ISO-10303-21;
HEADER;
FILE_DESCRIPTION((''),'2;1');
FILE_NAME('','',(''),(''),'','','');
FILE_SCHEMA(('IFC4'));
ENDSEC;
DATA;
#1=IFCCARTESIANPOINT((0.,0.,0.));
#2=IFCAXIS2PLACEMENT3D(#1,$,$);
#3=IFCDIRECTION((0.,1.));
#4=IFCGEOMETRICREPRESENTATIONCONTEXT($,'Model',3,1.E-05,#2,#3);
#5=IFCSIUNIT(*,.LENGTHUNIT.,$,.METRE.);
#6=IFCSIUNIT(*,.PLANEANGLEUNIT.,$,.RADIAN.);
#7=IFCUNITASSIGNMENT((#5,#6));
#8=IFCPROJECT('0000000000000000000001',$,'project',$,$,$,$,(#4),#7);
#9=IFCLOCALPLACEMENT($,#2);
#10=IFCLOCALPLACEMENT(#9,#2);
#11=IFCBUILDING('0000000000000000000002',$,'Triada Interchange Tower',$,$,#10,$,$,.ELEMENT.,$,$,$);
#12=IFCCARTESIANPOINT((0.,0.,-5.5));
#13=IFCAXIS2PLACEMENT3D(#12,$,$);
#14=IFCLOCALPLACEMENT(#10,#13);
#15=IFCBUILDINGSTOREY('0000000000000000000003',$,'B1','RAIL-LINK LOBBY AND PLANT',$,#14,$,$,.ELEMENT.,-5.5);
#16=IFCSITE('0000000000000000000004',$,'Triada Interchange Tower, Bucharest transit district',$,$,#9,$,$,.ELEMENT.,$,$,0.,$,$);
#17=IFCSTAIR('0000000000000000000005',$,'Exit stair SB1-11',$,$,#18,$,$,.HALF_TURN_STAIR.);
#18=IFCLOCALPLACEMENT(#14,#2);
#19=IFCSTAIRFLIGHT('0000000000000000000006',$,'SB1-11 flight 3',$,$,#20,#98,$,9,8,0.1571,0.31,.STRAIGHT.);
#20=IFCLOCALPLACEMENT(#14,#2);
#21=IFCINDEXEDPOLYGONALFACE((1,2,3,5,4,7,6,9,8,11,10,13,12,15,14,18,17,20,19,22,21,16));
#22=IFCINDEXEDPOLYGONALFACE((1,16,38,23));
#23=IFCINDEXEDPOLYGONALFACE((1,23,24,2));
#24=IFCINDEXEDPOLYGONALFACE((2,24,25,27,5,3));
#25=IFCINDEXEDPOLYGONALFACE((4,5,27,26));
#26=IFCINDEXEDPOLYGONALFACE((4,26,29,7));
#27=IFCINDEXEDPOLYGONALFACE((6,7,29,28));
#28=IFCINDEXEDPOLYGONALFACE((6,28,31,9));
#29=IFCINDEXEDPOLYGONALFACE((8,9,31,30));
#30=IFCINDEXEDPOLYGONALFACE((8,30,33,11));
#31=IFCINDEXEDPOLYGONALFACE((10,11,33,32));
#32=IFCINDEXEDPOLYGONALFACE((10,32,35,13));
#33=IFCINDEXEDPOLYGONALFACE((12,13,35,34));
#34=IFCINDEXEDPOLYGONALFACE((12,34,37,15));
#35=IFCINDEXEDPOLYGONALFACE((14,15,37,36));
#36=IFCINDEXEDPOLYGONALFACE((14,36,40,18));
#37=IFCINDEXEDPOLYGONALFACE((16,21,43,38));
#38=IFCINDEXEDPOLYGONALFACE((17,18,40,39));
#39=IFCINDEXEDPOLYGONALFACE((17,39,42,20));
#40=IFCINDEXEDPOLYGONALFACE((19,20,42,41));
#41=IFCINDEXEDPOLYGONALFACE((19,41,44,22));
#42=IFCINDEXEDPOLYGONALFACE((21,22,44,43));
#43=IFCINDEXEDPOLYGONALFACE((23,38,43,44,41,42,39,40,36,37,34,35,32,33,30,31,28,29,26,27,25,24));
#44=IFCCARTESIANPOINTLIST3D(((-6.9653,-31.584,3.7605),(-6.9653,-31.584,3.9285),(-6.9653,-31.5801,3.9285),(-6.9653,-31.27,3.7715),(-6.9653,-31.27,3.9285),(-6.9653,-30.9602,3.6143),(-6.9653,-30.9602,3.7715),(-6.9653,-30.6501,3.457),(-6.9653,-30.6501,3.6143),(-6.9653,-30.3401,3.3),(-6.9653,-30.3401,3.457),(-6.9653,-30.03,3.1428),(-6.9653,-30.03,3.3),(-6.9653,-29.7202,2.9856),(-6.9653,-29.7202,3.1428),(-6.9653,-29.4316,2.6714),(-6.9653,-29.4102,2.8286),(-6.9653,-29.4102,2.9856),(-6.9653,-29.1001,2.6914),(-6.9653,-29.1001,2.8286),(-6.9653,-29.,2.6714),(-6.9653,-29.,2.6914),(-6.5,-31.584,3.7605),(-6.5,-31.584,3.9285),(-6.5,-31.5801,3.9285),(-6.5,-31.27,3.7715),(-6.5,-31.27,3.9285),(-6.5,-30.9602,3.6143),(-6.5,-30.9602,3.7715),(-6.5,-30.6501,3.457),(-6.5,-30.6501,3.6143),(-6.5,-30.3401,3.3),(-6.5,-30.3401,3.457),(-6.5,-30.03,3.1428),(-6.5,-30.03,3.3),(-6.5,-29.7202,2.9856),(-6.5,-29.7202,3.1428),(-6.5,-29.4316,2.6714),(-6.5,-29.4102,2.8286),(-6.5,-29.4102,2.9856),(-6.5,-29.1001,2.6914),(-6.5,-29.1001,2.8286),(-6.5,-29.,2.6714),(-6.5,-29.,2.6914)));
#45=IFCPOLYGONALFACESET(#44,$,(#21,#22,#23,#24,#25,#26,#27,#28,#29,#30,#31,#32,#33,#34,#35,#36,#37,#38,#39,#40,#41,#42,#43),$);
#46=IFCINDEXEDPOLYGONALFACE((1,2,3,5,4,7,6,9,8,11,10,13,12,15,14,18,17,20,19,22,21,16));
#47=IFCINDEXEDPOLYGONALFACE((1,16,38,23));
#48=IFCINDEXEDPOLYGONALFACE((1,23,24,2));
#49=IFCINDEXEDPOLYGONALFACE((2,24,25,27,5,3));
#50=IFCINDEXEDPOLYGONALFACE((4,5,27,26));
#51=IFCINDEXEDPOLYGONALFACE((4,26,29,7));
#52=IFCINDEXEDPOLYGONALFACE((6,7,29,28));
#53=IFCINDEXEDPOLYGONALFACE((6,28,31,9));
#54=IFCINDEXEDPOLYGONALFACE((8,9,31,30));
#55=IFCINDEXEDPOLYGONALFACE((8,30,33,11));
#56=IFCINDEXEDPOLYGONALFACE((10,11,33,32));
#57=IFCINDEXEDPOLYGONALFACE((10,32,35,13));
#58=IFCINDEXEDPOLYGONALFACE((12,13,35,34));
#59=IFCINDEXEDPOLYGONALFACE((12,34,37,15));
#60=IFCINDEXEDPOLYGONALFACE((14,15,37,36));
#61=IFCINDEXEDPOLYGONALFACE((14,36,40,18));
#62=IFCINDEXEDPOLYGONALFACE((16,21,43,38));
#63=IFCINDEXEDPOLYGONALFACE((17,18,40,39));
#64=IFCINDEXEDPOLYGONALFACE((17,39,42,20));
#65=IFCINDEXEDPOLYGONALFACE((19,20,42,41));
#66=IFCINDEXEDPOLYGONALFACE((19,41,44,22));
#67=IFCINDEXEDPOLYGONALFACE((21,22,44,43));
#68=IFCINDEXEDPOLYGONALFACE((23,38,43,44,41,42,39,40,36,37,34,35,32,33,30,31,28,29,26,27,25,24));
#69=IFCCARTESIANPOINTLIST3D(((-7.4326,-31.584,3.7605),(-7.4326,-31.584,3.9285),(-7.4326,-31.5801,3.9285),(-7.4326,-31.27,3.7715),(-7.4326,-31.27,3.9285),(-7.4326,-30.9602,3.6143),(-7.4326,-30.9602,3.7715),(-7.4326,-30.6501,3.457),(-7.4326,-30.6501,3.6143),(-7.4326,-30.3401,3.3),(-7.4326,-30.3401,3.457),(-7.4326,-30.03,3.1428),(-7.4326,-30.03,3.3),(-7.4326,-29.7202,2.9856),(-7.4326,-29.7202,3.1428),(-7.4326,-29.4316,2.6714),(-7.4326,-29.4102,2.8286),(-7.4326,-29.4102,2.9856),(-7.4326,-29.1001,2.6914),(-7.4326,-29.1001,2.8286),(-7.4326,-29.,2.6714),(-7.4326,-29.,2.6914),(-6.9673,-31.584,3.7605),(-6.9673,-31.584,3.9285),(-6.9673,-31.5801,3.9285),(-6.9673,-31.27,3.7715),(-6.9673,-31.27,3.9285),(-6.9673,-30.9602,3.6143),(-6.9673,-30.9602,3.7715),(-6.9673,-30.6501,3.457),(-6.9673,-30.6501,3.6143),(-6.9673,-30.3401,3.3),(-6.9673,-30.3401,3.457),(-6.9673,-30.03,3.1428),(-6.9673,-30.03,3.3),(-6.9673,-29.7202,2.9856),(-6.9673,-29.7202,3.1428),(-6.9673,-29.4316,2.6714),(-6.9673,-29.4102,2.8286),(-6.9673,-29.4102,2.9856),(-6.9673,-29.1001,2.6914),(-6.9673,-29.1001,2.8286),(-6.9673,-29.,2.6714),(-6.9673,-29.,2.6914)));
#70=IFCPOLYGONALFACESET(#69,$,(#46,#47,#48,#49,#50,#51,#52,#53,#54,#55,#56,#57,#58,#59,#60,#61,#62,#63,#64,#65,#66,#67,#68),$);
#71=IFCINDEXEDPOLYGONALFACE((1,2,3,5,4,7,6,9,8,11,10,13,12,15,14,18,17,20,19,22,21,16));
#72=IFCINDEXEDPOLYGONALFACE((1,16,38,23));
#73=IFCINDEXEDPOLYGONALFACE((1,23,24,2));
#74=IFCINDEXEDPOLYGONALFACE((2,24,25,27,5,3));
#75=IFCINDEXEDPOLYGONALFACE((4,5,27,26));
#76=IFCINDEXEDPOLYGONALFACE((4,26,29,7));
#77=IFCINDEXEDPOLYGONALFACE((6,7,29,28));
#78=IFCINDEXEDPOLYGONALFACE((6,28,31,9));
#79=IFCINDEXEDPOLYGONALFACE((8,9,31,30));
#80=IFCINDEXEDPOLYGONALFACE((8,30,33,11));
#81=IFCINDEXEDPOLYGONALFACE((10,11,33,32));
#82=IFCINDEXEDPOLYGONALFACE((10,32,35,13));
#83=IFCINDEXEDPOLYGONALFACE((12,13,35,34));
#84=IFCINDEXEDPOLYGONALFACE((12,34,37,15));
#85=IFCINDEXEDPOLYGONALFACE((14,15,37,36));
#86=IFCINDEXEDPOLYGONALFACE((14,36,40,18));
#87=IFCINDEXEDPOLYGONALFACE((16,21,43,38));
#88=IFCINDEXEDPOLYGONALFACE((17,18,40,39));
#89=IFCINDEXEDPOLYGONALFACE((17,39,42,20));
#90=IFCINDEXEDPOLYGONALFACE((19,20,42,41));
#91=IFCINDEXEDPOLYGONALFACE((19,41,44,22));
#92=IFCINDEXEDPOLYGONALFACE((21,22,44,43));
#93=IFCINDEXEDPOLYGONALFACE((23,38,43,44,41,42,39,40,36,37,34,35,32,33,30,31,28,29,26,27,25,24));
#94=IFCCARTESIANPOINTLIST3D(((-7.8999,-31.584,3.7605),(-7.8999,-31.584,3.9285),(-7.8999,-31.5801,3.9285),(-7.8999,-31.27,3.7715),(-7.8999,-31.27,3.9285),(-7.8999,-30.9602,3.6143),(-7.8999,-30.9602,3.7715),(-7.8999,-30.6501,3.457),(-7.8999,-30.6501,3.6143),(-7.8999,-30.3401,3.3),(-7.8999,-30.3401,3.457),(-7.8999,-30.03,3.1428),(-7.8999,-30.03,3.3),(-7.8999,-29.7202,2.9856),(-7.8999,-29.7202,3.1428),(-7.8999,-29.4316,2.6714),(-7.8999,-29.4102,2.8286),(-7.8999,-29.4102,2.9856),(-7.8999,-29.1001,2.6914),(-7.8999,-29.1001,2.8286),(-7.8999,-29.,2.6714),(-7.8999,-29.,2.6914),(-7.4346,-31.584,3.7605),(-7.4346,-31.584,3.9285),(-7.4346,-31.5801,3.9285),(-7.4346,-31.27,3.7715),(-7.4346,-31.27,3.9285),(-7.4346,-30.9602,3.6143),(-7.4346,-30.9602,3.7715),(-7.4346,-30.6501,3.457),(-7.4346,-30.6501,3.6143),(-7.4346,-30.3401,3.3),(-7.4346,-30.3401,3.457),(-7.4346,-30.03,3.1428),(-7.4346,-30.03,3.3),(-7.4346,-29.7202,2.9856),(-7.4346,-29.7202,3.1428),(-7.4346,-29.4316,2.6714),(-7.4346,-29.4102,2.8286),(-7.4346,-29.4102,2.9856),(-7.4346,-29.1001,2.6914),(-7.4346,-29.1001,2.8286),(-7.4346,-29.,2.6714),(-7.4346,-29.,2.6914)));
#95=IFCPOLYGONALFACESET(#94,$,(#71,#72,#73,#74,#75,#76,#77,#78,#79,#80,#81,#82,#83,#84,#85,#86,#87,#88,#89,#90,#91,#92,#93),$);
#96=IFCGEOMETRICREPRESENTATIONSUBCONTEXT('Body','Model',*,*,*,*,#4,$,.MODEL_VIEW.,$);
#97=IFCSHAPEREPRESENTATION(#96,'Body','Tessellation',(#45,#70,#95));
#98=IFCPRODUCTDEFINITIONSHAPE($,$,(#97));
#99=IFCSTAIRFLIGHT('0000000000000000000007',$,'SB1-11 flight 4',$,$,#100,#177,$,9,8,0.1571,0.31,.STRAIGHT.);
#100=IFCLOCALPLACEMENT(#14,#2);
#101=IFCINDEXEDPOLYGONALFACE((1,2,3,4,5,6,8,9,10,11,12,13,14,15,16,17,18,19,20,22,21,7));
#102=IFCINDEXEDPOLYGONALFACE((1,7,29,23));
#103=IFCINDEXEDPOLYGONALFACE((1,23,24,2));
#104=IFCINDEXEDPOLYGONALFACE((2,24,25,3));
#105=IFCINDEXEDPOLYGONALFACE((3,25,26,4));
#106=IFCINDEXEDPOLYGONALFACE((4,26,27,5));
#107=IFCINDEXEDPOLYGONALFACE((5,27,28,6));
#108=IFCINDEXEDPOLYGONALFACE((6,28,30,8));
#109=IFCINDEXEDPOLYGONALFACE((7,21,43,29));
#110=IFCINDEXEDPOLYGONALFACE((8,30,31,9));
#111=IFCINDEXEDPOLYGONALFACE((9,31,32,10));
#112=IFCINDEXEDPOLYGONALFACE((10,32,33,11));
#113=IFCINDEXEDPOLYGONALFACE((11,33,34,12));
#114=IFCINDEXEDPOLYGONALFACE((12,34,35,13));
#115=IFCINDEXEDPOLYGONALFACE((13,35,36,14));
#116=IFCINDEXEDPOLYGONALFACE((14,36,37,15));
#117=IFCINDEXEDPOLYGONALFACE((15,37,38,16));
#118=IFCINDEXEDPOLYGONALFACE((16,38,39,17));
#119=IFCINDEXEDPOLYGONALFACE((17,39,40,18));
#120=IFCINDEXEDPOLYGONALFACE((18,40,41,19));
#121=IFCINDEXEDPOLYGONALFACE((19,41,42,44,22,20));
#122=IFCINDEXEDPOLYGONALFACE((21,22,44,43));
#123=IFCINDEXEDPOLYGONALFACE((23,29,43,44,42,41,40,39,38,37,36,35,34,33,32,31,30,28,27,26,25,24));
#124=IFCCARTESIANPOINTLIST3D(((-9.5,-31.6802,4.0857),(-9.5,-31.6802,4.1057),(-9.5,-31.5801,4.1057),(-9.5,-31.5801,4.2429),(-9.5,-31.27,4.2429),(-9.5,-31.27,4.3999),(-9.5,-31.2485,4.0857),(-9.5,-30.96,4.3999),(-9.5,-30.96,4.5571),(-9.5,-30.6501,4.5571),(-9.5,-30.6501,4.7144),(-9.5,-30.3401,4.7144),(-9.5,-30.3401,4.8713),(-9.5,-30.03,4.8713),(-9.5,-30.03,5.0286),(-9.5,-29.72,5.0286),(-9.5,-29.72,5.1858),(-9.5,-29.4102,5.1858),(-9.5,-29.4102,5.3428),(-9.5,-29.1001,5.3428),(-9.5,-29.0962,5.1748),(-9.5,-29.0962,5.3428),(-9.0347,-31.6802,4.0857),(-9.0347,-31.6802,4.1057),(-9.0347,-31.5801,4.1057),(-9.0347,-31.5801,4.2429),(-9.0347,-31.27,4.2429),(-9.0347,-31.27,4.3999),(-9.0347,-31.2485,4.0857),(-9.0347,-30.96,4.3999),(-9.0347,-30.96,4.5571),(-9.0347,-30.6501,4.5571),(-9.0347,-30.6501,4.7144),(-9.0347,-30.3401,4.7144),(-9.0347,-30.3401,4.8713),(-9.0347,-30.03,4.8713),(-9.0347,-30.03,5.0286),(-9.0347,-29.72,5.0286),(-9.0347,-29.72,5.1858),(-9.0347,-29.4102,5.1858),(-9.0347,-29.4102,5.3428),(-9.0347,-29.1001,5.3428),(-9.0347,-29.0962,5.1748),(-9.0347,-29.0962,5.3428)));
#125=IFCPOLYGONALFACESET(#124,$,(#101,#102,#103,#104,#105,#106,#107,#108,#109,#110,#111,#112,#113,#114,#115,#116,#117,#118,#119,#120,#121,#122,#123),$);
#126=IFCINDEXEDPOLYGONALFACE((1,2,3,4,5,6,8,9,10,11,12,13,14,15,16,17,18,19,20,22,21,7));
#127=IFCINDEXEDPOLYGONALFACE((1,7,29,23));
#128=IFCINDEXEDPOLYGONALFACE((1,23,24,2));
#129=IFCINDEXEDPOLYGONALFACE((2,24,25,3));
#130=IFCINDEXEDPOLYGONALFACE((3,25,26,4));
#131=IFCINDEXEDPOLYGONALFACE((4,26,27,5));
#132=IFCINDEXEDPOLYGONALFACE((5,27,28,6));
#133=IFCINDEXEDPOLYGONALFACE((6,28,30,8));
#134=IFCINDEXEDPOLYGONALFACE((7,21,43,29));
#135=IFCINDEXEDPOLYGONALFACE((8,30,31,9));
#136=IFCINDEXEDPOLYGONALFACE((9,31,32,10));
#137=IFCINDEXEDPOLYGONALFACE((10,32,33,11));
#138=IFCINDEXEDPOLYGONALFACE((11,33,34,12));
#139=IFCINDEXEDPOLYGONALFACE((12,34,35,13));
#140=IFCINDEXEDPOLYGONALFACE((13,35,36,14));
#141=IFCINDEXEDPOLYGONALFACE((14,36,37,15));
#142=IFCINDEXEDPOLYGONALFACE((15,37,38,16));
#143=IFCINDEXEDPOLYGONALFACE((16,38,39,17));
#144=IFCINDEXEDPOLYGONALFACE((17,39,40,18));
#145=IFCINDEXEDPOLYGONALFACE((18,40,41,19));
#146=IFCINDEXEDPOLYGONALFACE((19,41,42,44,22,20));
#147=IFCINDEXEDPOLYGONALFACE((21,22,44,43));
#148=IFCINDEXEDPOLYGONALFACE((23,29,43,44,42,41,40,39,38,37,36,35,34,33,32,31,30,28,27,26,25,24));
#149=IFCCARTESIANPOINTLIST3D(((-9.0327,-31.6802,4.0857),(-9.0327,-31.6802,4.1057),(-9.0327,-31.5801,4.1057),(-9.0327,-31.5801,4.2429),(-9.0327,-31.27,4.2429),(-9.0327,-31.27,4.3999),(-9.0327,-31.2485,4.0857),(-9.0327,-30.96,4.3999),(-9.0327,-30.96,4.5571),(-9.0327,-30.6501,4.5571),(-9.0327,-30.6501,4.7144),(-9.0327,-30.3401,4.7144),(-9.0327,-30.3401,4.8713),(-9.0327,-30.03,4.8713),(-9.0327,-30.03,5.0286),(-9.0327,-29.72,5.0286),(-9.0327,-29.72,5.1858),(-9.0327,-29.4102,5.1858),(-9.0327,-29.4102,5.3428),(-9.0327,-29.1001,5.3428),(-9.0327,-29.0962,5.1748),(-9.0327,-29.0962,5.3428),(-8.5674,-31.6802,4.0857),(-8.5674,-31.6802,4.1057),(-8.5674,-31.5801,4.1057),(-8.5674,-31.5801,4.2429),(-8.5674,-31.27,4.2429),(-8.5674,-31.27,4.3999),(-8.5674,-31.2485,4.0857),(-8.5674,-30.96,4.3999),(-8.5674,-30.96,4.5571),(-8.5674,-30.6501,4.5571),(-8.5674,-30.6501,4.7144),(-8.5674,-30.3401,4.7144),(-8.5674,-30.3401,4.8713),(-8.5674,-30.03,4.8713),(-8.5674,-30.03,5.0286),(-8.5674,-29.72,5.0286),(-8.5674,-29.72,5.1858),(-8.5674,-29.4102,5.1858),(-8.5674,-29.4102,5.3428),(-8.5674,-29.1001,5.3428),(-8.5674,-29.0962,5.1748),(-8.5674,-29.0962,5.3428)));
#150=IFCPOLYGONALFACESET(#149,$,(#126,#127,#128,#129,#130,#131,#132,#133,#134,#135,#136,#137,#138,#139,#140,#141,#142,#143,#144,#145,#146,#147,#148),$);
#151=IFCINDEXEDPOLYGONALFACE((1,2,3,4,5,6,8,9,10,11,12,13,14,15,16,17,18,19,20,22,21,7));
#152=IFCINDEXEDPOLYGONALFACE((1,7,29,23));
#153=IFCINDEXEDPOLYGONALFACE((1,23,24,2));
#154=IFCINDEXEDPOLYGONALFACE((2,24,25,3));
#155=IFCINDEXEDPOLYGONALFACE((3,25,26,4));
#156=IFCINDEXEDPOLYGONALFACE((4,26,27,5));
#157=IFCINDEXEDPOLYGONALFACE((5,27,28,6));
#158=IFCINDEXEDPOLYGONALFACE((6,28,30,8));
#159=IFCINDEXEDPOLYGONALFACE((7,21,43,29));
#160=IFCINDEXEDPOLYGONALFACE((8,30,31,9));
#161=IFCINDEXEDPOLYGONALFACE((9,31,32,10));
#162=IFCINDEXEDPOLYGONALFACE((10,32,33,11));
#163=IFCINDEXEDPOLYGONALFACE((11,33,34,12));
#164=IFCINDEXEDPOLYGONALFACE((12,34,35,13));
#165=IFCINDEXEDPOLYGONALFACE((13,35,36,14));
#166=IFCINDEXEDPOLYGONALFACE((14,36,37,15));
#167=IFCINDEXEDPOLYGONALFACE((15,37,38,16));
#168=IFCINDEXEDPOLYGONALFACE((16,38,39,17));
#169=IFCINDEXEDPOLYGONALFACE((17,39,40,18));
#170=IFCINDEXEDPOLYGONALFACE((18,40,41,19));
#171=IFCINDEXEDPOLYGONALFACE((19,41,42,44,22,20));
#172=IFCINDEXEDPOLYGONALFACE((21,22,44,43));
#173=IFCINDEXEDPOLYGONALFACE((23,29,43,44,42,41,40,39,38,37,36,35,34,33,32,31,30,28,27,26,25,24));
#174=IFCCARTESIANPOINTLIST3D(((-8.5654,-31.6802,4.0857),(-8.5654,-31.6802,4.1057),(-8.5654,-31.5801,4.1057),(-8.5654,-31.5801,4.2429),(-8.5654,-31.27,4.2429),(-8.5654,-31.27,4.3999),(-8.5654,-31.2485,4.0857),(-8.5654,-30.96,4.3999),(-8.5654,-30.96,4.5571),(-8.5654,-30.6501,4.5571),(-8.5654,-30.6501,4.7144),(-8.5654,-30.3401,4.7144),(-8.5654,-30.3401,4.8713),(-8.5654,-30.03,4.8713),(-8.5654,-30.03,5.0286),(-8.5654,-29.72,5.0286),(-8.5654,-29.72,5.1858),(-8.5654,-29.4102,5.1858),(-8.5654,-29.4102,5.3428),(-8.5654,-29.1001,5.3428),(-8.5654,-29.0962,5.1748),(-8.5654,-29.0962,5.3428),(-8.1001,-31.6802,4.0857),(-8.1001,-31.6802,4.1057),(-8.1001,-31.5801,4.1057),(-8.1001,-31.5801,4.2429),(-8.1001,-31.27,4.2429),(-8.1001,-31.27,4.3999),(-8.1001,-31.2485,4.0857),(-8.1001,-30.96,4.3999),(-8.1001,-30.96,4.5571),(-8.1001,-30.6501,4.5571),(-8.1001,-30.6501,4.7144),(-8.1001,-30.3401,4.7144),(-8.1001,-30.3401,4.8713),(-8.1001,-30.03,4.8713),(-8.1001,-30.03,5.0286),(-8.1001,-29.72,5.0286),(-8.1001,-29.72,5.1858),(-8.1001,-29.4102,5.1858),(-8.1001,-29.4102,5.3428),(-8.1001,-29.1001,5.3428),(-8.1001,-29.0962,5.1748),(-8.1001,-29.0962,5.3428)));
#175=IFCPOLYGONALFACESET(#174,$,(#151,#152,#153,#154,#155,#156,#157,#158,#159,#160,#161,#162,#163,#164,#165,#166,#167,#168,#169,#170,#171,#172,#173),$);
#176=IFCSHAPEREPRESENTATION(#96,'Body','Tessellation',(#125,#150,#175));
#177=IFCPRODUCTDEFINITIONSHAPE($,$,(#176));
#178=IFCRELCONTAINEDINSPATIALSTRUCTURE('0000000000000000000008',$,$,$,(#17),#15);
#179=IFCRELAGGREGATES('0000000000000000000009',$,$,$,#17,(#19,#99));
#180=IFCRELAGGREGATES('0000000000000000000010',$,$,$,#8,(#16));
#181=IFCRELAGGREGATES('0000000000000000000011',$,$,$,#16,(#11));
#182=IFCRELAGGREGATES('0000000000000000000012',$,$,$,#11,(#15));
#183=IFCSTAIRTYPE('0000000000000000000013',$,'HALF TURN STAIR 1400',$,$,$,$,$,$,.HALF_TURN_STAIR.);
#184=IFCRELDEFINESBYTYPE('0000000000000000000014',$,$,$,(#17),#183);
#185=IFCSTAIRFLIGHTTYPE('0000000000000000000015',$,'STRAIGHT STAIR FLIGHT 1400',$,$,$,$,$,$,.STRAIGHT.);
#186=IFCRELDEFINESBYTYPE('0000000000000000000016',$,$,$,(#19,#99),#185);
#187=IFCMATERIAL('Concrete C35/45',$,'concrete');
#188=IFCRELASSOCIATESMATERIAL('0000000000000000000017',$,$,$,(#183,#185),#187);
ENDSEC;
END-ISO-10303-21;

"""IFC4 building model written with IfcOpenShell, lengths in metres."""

from ifc_helpers import new_model, si_unit, direction, frame, origin, place, context, subcontext, project, spatial, polyline, outline, extrude, material, type_object, element, aggregate, save


model = new_model("IFC4")

# Units and contexts
model_context = context("Model", 3, precision=1e-05, world=origin(), true_north=direction((0.0, 1.0)))
body_context = subcontext(model_context, "Body", "Model", "MODEL_VIEW")
ifc_project = project(units=[si_unit("LENGTHUNIT", "METRE"), si_unit("PLANEANGLEUNIT", "RADIAN")], contexts=[model_context])

# Site, building, storey
site_placement = place(None, origin())
site = spatial("IfcSite", under=ifc_project, at=site_placement, Name="Triada Interchange Tower, Bucharest transit district", CompositionType="ELEMENT", RefElevation=0.0)
building_placement = place(site_placement, origin())
building = spatial("IfcBuilding", under=site, at=building_placement, Name="Triada Interchange Tower", CompositionType="ELEMENT")
storey_placement = place(building_placement, frame((0.0, 0.0, -5.5)))
storey = spatial("IfcBuildingStorey", under=building, at=storey_placement, Name="B1", Description="RAIL-LINK LOBBY AND PLANT", CompositionType="ELEMENT", Elevation=-5.5)

# Shared definitions
ifc_material_1 = material(Name="Concrete C35/45", Category="concrete")

# Stair, stair flights
stair_type = type_object("IfcStairType", Name="HALF TURN STAIR 1400", PredefinedType="HALF_TURN_STAIR", material=ifc_material_1)
stair_placement = place(storey_placement, origin())
stair = element("IfcStair", 1, at=stair_placement, inside=storey, type_object=stair_type, Name="Exit stair SB1-11", PredefinedType="HALF_TURN_STAIR")
stair_flight_type = type_object("IfcStairFlightType", Name="STRAIGHT STAIR FLIGHT 1400", PredefinedType="STRAIGHT", material=ifc_material_1)
stair_flight_1_placement = place(storey_placement, frame((-7.2, -29.1001, 2.6714), z_axis=(0.0, 0.0, 1.0), x_axis=(0.0, -1.0, 0.0)))
stair_flight_1 = element("IfcStairFlight", 2, at=stair_flight_1_placement, type_object=stair_flight_type, Name="SB1-11 flight 3", NumberOfRisers=9, NumberOfTreads=8, PredefinedType="STRAIGHT", RiserHeight=0.1571, TreadLength=0.31, context=body_context, shape_type="SweptSolid", body=[
    extrude(outline(polyline([(-0.1001, 0.0), (-0.1001, 0.02), (0.0, 0.02), (0.0, 0.1572), (0.3101, 0.1572), (0.3101, 0.3142), (0.6201, 0.3142), (0.6201, 0.4714), (0.9299, 0.4714), (0.9299, 0.6287), (1.24, 0.6287), (1.24, 0.7856), (1.55, 0.7856), (1.55, 0.9429), (1.8601, 0.9429), (1.8601, 1.1001), (2.1699, 1.1001), (2.1699, 1.2571), (2.48, 1.2571), (2.4839, 1.2571), (2.4839, 1.4143), (2.4839, 1.0891), (0.3315, 0.0), (-0.1001, 0.0)])), frame((0.0, 0.7, 0.0), z_axis=(0.0, -1.0, 0.0), x_axis=(1.0, 0.0, 0.0)), (0.0, 0.0, 1.0), 0.4653),
    extrude(outline(polyline([(-0.1001, 0.0), (-0.1001, 0.02), (0.0, 0.02), (0.0, 0.1572), (0.3101, 0.1572), (0.3101, 0.3142), (0.6201, 0.3142), (0.6201, 0.4714), (0.9299, 0.4714), (0.9299, 0.6287), (1.24, 0.6287), (1.24, 0.7856), (1.55, 0.7856), (1.55, 0.9429), (1.8601, 0.9429), (1.8601, 1.1001), (2.1699, 1.1001), (2.1699, 1.2571), (2.48, 1.2571), (2.4839, 1.2571), (2.4839, 1.4143), (2.4839, 1.0891), (0.3315, 0.0), (-0.1001, 0.0)])), frame((0.0, 0.2327, 0.0), z_axis=(0.0, -1.0, 0.0), x_axis=(1.0, 0.0, 0.0)), (0.0, 0.0, 1.0), 0.4653),
    extrude(outline(polyline([(-0.1001, 0.0), (-0.1001, 0.02), (0.0, 0.02), (0.0, 0.1572), (0.3101, 0.1572), (0.3101, 0.3142), (0.6201, 0.3142), (0.6201, 0.4714), (0.9299, 0.4714), (0.9299, 0.6287), (1.24, 0.6287), (1.24, 0.7856), (1.55, 0.7856), (1.55, 0.9429), (1.8601, 0.9429), (1.8601, 1.1001), (2.1699, 1.1001), (2.1699, 1.2571), (2.48, 1.2571), (2.4839, 1.2571), (2.4839, 1.4143), (2.4839, 1.0891), (0.3315, 0.0), (-0.1001, 0.0)])), frame((0.0, -0.2346, 0.0), z_axis=(0.0, -1.0, 0.0), x_axis=(1.0, 0.0, 0.0)), (0.0, 0.0, 1.0), 0.4653),
])
stair_flight_2_placement = place(storey_placement, frame((-8.8, -31.5801, 4.0857), z_axis=(0.0, 0.0, 1.0), x_axis=(0.0, 1.0, 0.0)))
stair_flight_2 = element("IfcStairFlight", 3, at=stair_flight_2_placement, type_object=stair_flight_type, Name="SB1-11 flight 4", NumberOfRisers=9, NumberOfTreads=8, PredefinedType="STRAIGHT", RiserHeight=0.1571, TreadLength=0.31, context=body_context, shape_type="SweptSolid", body=[
    extrude(outline(polyline([(-0.1001, 0.0), (-0.1001, 0.02), (0.0, 0.02), (0.0, 0.1572), (0.3101, 0.1572), (0.3101, 0.3142), (0.6201, 0.3142), (0.6201, 0.4714), (0.9299, 0.4714), (0.9299, 0.6287), (1.24, 0.6287), (1.24, 0.7856), (1.55, 0.7856), (1.55, 0.9429), (1.8601, 0.9429), (1.8601, 1.1001), (2.1699, 1.1001), (2.1699, 1.2571), (2.48, 1.2571), (2.4839, 1.2571), (2.4839, 1.4143), (2.4839, 1.0891), (0.3315, 0.0), (-0.1001, 0.0)])), frame((0.0, 0.7, 0.0), z_axis=(0.0, -1.0, 0.0), x_axis=(1.0, 0.0, 0.0)), (0.0, 0.0, 1.0), 0.4653),
    extrude(outline(polyline([(-0.1001, 0.0), (-0.1001, 0.02), (0.0, 0.02), (0.0, 0.1572), (0.3101, 0.1572), (0.3101, 0.3142), (0.6201, 0.3142), (0.6201, 0.4714), (0.9299, 0.4714), (0.9299, 0.6287), (1.24, 0.6287), (1.24, 0.7856), (1.55, 0.7856), (1.55, 0.9429), (1.8601, 0.9429), (1.8601, 1.1001), (2.1699, 1.1001), (2.1699, 1.2571), (2.48, 1.2571), (2.4839, 1.2571), (2.4839, 1.4143), (2.4839, 1.0891), (0.3315, 0.0), (-0.1001, 0.0)])), frame((0.0, 0.2327, 0.0), z_axis=(0.0, -1.0, 0.0), x_axis=(1.0, 0.0, 0.0)), (0.0, 0.0, 1.0), 0.4653),
    extrude(outline(polyline([(-0.1001, 0.0), (-0.1001, 0.02), (0.0, 0.02), (0.0, 0.1572), (0.3101, 0.1572), (0.3101, 0.3142), (0.6201, 0.3142), (0.6201, 0.4714), (0.9299, 0.4714), (0.9299, 0.6287), (1.24, 0.6287), (1.24, 0.7856), (1.55, 0.7856), (1.55, 0.9429), (1.8601, 0.9429), (1.8601, 1.1001), (2.1699, 1.1001), (2.1699, 1.2571), (2.48, 1.2571), (2.4839, 1.2571), (2.4839, 1.4143), (2.4839, 1.0891), (0.3315, 0.0), (-0.1001, 0.0)])), frame((0.0, -0.2346, 0.0), z_axis=(0.0, -1.0, 0.0), x_axis=(1.0, 0.0, 0.0)), (0.0, 0.0, 1.0), 0.4653),
])
aggregate(stair, [stair_flight_1, stair_flight_2])

save(model, "model.ifc")
